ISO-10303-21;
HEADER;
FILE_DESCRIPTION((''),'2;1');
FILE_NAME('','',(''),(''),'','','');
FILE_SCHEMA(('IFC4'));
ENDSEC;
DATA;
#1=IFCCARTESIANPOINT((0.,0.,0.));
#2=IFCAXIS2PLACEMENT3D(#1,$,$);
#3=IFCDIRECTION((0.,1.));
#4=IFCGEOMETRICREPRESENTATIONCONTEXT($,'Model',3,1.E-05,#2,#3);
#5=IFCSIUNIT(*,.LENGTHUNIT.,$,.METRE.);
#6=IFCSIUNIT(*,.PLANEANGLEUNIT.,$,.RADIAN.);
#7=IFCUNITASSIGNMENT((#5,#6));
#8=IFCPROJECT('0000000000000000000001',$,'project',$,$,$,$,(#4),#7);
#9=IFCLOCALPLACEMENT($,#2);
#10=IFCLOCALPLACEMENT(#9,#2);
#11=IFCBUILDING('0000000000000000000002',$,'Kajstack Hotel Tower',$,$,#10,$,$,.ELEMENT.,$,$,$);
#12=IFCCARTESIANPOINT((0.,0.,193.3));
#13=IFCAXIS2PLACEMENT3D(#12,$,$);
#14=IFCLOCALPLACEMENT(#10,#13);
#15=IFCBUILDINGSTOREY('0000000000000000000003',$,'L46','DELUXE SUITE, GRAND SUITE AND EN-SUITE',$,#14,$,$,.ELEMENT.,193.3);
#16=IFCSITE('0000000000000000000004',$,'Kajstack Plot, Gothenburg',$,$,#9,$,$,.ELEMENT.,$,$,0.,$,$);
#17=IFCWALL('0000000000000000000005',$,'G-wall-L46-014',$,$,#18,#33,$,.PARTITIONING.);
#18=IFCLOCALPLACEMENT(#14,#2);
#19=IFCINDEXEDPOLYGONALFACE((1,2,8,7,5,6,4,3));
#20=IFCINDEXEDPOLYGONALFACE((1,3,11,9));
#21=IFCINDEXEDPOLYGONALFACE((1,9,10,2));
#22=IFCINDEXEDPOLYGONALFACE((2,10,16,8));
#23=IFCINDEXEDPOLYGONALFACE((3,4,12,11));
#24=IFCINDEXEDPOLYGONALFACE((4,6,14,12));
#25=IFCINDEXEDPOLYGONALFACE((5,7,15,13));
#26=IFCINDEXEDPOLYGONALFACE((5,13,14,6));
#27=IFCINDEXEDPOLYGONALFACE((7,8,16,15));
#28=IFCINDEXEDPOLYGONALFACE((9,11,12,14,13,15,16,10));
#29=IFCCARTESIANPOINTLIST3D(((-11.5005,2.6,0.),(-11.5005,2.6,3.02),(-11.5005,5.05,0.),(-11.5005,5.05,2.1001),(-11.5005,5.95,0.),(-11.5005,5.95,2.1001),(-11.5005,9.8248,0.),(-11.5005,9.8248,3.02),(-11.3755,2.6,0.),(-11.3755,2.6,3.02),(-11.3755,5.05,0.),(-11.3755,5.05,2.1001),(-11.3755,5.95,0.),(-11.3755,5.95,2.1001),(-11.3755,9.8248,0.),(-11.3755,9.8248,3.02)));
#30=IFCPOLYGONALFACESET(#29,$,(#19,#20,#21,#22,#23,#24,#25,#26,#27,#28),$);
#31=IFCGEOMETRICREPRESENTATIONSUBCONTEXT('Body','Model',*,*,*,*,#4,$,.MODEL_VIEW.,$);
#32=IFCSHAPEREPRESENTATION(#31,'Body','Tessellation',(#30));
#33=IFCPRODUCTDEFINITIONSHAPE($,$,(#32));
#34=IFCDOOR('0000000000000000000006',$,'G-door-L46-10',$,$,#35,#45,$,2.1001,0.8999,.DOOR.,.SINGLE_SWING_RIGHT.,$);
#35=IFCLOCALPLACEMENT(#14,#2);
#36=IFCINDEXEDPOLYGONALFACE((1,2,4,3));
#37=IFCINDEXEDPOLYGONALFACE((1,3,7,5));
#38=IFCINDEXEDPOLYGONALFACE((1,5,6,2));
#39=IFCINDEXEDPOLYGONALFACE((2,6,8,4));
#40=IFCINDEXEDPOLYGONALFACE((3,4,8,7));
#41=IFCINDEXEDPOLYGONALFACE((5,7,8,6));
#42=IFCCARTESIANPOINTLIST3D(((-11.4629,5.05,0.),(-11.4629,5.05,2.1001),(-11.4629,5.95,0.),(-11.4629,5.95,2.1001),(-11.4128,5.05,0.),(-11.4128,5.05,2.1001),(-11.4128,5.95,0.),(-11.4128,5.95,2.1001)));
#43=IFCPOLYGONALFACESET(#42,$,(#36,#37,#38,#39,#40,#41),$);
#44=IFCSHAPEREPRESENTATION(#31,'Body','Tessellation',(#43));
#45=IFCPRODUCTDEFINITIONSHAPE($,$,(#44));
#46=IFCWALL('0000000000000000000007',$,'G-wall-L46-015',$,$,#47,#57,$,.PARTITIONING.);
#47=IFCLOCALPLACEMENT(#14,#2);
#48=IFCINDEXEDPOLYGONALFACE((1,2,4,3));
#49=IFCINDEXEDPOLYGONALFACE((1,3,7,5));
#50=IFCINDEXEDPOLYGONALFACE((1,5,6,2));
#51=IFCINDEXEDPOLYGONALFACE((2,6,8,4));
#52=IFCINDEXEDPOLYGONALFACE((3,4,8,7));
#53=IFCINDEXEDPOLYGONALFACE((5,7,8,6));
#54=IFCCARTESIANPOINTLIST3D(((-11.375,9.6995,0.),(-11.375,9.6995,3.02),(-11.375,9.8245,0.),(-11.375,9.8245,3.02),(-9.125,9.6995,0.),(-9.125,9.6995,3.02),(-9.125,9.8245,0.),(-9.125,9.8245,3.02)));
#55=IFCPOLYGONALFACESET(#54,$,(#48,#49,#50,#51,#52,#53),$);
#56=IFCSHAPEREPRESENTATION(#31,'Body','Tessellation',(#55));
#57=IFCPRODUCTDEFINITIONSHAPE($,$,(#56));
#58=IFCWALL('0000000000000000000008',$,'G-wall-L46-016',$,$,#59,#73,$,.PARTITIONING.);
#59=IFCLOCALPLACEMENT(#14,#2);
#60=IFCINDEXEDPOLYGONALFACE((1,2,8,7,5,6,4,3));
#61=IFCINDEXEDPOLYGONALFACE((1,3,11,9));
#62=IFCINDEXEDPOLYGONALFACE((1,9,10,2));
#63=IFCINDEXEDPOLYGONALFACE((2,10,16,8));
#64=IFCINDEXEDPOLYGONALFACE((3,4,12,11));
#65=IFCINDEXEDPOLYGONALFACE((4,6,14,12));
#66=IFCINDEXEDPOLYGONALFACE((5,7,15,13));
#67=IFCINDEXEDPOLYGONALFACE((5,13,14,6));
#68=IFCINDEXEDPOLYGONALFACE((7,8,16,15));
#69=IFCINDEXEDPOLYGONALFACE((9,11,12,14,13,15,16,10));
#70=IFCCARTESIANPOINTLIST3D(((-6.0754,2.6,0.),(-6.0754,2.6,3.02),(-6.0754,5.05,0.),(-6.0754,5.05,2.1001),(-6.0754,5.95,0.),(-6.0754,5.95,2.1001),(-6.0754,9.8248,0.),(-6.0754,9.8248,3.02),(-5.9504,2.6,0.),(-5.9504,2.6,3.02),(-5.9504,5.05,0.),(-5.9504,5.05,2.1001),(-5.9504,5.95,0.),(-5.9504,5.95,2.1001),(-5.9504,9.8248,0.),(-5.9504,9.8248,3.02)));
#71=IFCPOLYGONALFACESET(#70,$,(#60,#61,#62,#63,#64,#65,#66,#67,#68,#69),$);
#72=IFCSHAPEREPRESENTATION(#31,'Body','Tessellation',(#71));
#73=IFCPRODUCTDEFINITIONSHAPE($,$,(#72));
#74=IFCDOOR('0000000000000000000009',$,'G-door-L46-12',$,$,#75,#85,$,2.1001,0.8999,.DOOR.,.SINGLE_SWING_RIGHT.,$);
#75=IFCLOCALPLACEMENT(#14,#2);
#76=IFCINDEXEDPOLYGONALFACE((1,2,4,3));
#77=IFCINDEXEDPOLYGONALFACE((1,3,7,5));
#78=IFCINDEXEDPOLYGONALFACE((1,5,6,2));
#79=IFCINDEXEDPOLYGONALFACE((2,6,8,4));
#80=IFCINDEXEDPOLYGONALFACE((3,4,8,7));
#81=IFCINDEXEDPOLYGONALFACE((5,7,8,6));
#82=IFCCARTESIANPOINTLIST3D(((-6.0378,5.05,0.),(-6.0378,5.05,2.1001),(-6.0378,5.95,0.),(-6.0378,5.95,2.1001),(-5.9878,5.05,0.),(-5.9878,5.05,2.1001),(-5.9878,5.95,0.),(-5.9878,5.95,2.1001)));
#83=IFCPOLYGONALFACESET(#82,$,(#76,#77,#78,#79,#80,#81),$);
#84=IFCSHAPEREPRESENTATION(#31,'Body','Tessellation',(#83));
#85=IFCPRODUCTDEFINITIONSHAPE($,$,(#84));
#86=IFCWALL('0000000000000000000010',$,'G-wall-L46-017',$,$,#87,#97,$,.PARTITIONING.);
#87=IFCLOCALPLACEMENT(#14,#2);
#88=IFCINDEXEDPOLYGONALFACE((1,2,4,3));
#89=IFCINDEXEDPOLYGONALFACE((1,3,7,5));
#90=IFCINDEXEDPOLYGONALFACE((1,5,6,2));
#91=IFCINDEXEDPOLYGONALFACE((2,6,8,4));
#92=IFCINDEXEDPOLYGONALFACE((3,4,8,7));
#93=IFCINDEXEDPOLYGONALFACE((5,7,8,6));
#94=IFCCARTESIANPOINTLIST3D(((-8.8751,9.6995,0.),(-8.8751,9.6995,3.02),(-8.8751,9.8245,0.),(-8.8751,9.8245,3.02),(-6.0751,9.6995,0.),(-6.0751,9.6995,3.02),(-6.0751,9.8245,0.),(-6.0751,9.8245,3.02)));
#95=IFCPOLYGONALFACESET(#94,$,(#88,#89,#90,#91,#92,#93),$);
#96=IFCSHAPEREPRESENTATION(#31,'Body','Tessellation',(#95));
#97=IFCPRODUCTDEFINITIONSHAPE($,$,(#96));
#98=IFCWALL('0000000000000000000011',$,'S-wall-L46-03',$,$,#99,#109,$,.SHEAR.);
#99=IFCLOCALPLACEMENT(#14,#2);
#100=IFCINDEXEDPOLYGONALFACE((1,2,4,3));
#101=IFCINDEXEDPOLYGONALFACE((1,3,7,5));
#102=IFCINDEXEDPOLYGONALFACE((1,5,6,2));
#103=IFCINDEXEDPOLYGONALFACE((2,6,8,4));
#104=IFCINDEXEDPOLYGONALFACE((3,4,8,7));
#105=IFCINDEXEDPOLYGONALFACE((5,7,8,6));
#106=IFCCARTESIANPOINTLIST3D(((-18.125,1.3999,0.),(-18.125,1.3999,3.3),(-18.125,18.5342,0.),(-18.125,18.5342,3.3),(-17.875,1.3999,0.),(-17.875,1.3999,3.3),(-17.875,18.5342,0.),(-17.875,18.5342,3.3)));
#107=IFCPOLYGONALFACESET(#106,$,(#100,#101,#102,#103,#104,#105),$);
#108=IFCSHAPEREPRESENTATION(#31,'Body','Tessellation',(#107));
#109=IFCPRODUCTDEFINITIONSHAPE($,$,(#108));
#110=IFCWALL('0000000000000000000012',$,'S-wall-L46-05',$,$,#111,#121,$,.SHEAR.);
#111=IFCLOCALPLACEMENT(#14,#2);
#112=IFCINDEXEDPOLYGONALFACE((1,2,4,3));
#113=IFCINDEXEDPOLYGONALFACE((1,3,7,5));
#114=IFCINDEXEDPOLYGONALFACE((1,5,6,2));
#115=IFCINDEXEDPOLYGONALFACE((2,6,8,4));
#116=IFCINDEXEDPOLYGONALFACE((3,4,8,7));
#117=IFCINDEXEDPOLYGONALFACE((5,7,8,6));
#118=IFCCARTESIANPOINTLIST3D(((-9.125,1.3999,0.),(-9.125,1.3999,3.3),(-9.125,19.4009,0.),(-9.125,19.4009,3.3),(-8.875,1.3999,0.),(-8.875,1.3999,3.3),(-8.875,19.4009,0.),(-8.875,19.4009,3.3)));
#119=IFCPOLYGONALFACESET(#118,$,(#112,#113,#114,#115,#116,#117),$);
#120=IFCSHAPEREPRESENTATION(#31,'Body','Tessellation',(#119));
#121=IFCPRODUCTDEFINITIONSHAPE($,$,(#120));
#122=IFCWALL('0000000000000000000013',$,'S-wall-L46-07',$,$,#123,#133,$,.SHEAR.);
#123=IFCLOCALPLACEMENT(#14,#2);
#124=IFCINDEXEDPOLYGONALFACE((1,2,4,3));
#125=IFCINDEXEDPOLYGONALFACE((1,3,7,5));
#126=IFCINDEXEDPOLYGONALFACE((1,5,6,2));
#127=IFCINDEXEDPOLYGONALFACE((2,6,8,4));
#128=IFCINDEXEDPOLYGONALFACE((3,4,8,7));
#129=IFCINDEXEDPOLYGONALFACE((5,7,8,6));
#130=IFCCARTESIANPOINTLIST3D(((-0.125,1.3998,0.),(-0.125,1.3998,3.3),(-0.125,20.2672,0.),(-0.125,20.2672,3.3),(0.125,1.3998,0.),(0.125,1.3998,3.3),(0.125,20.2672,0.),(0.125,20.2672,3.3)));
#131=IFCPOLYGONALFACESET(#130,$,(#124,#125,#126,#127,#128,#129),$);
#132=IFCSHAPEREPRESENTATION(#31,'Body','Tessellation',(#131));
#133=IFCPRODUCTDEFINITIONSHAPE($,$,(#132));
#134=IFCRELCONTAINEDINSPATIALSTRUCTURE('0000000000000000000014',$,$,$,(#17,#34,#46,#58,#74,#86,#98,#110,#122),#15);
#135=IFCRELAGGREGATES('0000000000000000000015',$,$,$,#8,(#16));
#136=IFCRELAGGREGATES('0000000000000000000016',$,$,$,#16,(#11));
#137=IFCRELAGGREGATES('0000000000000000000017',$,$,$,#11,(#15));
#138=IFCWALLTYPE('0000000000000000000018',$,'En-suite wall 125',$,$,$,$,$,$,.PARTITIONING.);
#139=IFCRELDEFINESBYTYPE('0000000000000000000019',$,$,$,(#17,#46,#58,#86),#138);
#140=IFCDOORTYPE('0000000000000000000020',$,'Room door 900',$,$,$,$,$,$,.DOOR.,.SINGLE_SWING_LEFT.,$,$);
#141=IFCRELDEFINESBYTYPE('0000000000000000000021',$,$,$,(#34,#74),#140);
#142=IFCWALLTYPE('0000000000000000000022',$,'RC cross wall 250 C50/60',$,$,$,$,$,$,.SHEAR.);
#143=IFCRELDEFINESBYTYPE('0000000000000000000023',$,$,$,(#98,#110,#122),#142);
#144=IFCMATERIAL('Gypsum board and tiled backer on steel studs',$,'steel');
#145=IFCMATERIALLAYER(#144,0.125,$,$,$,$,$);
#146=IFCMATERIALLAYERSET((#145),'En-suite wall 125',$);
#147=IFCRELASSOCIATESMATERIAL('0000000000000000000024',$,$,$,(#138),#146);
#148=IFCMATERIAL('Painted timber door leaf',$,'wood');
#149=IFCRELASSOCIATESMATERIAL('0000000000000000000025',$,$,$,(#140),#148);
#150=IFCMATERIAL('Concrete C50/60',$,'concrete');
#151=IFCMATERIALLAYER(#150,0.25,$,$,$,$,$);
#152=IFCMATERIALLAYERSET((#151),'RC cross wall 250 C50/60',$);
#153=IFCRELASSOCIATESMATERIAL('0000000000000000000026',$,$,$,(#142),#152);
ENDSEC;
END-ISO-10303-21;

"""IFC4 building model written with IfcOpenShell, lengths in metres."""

from ifc_helpers import new_model, si_unit, direction, frame, frame_2d, origin, place, context, subcontext, project, spatial, rectangle, extrude, material, layer, layer_set, type_object, element, fill, save


model = new_model("IFC4")

# Units and contexts
model_context = context("Model", 3, precision=1e-05, world=origin(), true_north=direction((0.0, 1.0)))
body_context = subcontext(model_context, "Body", "Model", "MODEL_VIEW")
ifc_project = project(units=[si_unit("LENGTHUNIT", "METRE"), si_unit("PLANEANGLEUNIT", "RADIAN")], contexts=[model_context])

# Site, building, storey
site_placement = place(None, origin())
site = spatial("IfcSite", under=ifc_project, at=site_placement, Name="Kajstack Plot, Gothenburg", CompositionType="ELEMENT", RefElevation=0.0)
building_placement = place(site_placement, origin())
building = spatial("IfcBuilding", under=site, at=building_placement, Name="Kajstack Hotel Tower", CompositionType="ELEMENT")
storey_placement = place(building_placement, frame((0.0, 0.0, 193.3)))
storey = spatial("IfcBuildingStorey", under=building, at=storey_placement, Name="L46", Description="DELUXE SUITE, GRAND SUITE AND EN-SUITE", CompositionType="ELEMENT", Elevation=193.3)

# Shared definitions
ifc_material_1 = material(Name="Gypsum board and tiled backer on steel studs", Category="steel")
ifc_layer_1 = layer(ifc_material_1, 0.125)
ifc_layer_set_1 = layer_set([ifc_layer_1], Name="En-suite wall 125")
wall_type_1 = type_object("IfcWallType", Name="En-suite wall 125", PredefinedType="PARTITIONING", material=ifc_layer_set_1)
ifc_material_2 = material(Name="Painted timber door leaf", Category="wood")
door_type_1 = type_object("IfcDoorType", Name="Room door 900", OperationType="SINGLE_SWING_LEFT", PredefinedType="DOOR", material=ifc_material_2)

# Wall, opening, door
wall_1_placement = place(storey_placement, frame((-11.438, 2.6001, 0.0), z_axis=(0.0, 0.0, 1.0), x_axis=(0.0, 1.0, 0.0)))
wall_1 = element("IfcWall", 1, at=wall_1_placement, inside=storey, type_object=wall_type_1, Name="G-wall-L46-014", PredefinedType="PARTITIONING", context=body_context, shape_type="SweptSolid", body=[
    extrude(rectangle(XDim=7.2249, YDim=0.125, at=frame_2d((3.6123, 0.0))), origin(), (0.0, 0.0, 1.0), 3.02),
])
opening_1_placement = place(wall_1_placement, frame((2.45, 0.0, 0.0)))
opening_1 = element("IfcOpeningElement", 2, at=opening_1_placement, cuts=wall_1, PredefinedType="OPENING", context=body_context, shape_type="SweptSolid", body=[
    extrude(rectangle(XDim=0.8999, YDim=2.1001, at=frame_2d((0.45, 1.05))), frame((0.0, 0.0725, 0.0), z_axis=(0.0, -1.0, 0.0), x_axis=(1.0, 0.0, 0.0)), (0.0, 0.0, 1.0), 0.145),
])
door_1_placement = place(opening_1_placement, origin())
door_1 = element("IfcDoor", 3, at=door_1_placement, inside=storey, type_object=door_type_1, Name="G-door-L46-10", OperationType="SINGLE_SWING_RIGHT", OverallHeight=2.1001, OverallWidth=0.8999, PredefinedType="DOOR", context=body_context, shape_type="SweptSolid", body=[
    extrude(rectangle(XDim=0.8999, YDim=2.1001, at=frame_2d((0.45, 1.05))), frame((0.0, 0.0249, 0.0), z_axis=(0.0, -1.0, 0.0), x_axis=(1.0, 0.0, 0.0)), (0.0, 0.0, 1.0), 0.05),
])
fill(opening_1, door_1)

# Wall
wall_2_placement = place(storey_placement, frame((-11.375, 9.762, 0.0), z_axis=(0.0, 0.0, 1.0), x_axis=(1.0, 0.0, 0.0)))
element("IfcWall", 4, at=wall_2_placement, inside=storey, type_object=wall_type_1, Name="G-wall-L46-015", PredefinedType="PARTITIONING", context=body_context, shape_type="SweptSolid", body=[
    extrude(rectangle(XDim=2.25, YDim=0.125, at=frame_2d((1.125, 0.0))), origin(), (0.0, 0.0, 1.0), 3.02),
])

# Wall, opening, door
wall_3_placement = place(storey_placement, frame((-6.0129, 2.6001, 0.0), z_axis=(0.0, 0.0, 1.0), x_axis=(0.0, 1.0, 0.0)))
wall_3 = element("IfcWall", 5, at=wall_3_placement, inside=storey, type_object=wall_type_1, Name="G-wall-L46-016", PredefinedType="PARTITIONING", context=body_context, shape_type="SweptSolid", body=[
    extrude(rectangle(XDim=7.2249, YDim=0.125, at=frame_2d((3.6123, 0.0))), origin(), (0.0, 0.0, 1.0), 3.02),
])
opening_2_placement = place(wall_3_placement, frame((2.45, 0.0, 0.0)))
opening_2 = element("IfcOpeningElement", 6, at=opening_2_placement, cuts=wall_3, PredefinedType="OPENING", context=body_context, shape_type="SweptSolid", body=[
    extrude(rectangle(XDim=0.8999, YDim=2.1001, at=frame_2d((0.45, 1.05))), frame((0.0, 0.0725, 0.0), z_axis=(0.0, -1.0, 0.0), x_axis=(1.0, 0.0, 0.0)), (0.0, 0.0, 1.0), 0.145),
])
door_2_placement = place(opening_2_placement, origin())
door_2 = element("IfcDoor", 7, at=door_2_placement, inside=storey, type_object=door_type_1, Name="G-door-L46-12", OperationType="SINGLE_SWING_RIGHT", OverallHeight=2.1001, OverallWidth=0.8999, PredefinedType="DOOR", context=body_context, shape_type="SweptSolid", body=[
    extrude(rectangle(XDim=0.8999, YDim=2.1001, at=frame_2d((0.45, 1.05))), frame((0.0, 0.0249, 0.0), z_axis=(0.0, -1.0, 0.0), x_axis=(1.0, 0.0, 0.0)), (0.0, 0.0, 1.0), 0.05),
])
fill(opening_2, door_2)

# Walls
wall_4_placement = place(storey_placement, frame((-8.875, 9.762, 0.0), z_axis=(0.0, 0.0, 1.0), x_axis=(1.0, 0.0, 0.0)))
element("IfcWall", 8, at=wall_4_placement, inside=storey, type_object=wall_type_1, Name="G-wall-L46-017", PredefinedType="PARTITIONING", context=body_context, shape_type="SweptSolid", body=[
    extrude(rectangle(XDim=2.8, YDim=0.125, at=frame_2d((1.3999, 0.0))), origin(), (0.0, 0.0, 1.0), 3.02),
])
ifc_material_3 = material(Name="Concrete C50/60", Category="concrete")
ifc_layer_2 = layer(ifc_material_3, 0.25)
ifc_layer_set_2 = layer_set([ifc_layer_2], Name="RC cross wall 250 C50/60")
wall_type_2 = type_object("IfcWallType", Name="RC cross wall 250 C50/60", PredefinedType="SHEAR", material=ifc_layer_set_2)
wall_5_placement = place(storey_placement, frame((-18.0, 1.3999, 0.0), z_axis=(0.0, 0.0, 1.0), x_axis=(0.0, 1.0, 0.0)))
element("IfcWall", 9, at=wall_5_placement, inside=storey, type_object=wall_type_2, Name="S-wall-L46-03", PredefinedType="SHEAR", context=body_context, shape_type="SweptSolid", body=[
    extrude(rectangle(XDim=17.1343, YDim=0.25, at=frame_2d((8.5671, 0.0))), origin(), (0.0, 0.0, 1.0), 3.3),
])
wall_6_placement = place(storey_placement, frame((-9.0, 1.3999, 0.0), z_axis=(0.0, 0.0, 1.0), x_axis=(0.0, 1.0, 0.0)))
element("IfcWall", 10, at=wall_6_placement, inside=storey, type_object=wall_type_2, Name="S-wall-L46-05", PredefinedType="SHEAR", context=body_context, shape_type="SweptSolid", body=[
    extrude(rectangle(XDim=18.001, YDim=0.25, at=frame_2d((9.0005, 0.0))), origin(), (0.0, 0.0, 1.0), 3.3),
])
wall_7_placement = place(storey_placement, frame((0.0, 1.3999, 0.0), z_axis=(0.0, 0.0, 1.0), x_axis=(0.0, 1.0, 0.0)))
element("IfcWall", 11, at=wall_7_placement, inside=storey, type_object=wall_type_2, Name="S-wall-L46-07", PredefinedType="SHEAR", context=body_context, shape_type="SweptSolid", body=[
    extrude(rectangle(XDim=18.8674, YDim=0.25, at=frame_2d((9.4336, 0.0))), origin(), (0.0, 0.0, 1.0), 3.3),
])

save(model, "model.ifc")
